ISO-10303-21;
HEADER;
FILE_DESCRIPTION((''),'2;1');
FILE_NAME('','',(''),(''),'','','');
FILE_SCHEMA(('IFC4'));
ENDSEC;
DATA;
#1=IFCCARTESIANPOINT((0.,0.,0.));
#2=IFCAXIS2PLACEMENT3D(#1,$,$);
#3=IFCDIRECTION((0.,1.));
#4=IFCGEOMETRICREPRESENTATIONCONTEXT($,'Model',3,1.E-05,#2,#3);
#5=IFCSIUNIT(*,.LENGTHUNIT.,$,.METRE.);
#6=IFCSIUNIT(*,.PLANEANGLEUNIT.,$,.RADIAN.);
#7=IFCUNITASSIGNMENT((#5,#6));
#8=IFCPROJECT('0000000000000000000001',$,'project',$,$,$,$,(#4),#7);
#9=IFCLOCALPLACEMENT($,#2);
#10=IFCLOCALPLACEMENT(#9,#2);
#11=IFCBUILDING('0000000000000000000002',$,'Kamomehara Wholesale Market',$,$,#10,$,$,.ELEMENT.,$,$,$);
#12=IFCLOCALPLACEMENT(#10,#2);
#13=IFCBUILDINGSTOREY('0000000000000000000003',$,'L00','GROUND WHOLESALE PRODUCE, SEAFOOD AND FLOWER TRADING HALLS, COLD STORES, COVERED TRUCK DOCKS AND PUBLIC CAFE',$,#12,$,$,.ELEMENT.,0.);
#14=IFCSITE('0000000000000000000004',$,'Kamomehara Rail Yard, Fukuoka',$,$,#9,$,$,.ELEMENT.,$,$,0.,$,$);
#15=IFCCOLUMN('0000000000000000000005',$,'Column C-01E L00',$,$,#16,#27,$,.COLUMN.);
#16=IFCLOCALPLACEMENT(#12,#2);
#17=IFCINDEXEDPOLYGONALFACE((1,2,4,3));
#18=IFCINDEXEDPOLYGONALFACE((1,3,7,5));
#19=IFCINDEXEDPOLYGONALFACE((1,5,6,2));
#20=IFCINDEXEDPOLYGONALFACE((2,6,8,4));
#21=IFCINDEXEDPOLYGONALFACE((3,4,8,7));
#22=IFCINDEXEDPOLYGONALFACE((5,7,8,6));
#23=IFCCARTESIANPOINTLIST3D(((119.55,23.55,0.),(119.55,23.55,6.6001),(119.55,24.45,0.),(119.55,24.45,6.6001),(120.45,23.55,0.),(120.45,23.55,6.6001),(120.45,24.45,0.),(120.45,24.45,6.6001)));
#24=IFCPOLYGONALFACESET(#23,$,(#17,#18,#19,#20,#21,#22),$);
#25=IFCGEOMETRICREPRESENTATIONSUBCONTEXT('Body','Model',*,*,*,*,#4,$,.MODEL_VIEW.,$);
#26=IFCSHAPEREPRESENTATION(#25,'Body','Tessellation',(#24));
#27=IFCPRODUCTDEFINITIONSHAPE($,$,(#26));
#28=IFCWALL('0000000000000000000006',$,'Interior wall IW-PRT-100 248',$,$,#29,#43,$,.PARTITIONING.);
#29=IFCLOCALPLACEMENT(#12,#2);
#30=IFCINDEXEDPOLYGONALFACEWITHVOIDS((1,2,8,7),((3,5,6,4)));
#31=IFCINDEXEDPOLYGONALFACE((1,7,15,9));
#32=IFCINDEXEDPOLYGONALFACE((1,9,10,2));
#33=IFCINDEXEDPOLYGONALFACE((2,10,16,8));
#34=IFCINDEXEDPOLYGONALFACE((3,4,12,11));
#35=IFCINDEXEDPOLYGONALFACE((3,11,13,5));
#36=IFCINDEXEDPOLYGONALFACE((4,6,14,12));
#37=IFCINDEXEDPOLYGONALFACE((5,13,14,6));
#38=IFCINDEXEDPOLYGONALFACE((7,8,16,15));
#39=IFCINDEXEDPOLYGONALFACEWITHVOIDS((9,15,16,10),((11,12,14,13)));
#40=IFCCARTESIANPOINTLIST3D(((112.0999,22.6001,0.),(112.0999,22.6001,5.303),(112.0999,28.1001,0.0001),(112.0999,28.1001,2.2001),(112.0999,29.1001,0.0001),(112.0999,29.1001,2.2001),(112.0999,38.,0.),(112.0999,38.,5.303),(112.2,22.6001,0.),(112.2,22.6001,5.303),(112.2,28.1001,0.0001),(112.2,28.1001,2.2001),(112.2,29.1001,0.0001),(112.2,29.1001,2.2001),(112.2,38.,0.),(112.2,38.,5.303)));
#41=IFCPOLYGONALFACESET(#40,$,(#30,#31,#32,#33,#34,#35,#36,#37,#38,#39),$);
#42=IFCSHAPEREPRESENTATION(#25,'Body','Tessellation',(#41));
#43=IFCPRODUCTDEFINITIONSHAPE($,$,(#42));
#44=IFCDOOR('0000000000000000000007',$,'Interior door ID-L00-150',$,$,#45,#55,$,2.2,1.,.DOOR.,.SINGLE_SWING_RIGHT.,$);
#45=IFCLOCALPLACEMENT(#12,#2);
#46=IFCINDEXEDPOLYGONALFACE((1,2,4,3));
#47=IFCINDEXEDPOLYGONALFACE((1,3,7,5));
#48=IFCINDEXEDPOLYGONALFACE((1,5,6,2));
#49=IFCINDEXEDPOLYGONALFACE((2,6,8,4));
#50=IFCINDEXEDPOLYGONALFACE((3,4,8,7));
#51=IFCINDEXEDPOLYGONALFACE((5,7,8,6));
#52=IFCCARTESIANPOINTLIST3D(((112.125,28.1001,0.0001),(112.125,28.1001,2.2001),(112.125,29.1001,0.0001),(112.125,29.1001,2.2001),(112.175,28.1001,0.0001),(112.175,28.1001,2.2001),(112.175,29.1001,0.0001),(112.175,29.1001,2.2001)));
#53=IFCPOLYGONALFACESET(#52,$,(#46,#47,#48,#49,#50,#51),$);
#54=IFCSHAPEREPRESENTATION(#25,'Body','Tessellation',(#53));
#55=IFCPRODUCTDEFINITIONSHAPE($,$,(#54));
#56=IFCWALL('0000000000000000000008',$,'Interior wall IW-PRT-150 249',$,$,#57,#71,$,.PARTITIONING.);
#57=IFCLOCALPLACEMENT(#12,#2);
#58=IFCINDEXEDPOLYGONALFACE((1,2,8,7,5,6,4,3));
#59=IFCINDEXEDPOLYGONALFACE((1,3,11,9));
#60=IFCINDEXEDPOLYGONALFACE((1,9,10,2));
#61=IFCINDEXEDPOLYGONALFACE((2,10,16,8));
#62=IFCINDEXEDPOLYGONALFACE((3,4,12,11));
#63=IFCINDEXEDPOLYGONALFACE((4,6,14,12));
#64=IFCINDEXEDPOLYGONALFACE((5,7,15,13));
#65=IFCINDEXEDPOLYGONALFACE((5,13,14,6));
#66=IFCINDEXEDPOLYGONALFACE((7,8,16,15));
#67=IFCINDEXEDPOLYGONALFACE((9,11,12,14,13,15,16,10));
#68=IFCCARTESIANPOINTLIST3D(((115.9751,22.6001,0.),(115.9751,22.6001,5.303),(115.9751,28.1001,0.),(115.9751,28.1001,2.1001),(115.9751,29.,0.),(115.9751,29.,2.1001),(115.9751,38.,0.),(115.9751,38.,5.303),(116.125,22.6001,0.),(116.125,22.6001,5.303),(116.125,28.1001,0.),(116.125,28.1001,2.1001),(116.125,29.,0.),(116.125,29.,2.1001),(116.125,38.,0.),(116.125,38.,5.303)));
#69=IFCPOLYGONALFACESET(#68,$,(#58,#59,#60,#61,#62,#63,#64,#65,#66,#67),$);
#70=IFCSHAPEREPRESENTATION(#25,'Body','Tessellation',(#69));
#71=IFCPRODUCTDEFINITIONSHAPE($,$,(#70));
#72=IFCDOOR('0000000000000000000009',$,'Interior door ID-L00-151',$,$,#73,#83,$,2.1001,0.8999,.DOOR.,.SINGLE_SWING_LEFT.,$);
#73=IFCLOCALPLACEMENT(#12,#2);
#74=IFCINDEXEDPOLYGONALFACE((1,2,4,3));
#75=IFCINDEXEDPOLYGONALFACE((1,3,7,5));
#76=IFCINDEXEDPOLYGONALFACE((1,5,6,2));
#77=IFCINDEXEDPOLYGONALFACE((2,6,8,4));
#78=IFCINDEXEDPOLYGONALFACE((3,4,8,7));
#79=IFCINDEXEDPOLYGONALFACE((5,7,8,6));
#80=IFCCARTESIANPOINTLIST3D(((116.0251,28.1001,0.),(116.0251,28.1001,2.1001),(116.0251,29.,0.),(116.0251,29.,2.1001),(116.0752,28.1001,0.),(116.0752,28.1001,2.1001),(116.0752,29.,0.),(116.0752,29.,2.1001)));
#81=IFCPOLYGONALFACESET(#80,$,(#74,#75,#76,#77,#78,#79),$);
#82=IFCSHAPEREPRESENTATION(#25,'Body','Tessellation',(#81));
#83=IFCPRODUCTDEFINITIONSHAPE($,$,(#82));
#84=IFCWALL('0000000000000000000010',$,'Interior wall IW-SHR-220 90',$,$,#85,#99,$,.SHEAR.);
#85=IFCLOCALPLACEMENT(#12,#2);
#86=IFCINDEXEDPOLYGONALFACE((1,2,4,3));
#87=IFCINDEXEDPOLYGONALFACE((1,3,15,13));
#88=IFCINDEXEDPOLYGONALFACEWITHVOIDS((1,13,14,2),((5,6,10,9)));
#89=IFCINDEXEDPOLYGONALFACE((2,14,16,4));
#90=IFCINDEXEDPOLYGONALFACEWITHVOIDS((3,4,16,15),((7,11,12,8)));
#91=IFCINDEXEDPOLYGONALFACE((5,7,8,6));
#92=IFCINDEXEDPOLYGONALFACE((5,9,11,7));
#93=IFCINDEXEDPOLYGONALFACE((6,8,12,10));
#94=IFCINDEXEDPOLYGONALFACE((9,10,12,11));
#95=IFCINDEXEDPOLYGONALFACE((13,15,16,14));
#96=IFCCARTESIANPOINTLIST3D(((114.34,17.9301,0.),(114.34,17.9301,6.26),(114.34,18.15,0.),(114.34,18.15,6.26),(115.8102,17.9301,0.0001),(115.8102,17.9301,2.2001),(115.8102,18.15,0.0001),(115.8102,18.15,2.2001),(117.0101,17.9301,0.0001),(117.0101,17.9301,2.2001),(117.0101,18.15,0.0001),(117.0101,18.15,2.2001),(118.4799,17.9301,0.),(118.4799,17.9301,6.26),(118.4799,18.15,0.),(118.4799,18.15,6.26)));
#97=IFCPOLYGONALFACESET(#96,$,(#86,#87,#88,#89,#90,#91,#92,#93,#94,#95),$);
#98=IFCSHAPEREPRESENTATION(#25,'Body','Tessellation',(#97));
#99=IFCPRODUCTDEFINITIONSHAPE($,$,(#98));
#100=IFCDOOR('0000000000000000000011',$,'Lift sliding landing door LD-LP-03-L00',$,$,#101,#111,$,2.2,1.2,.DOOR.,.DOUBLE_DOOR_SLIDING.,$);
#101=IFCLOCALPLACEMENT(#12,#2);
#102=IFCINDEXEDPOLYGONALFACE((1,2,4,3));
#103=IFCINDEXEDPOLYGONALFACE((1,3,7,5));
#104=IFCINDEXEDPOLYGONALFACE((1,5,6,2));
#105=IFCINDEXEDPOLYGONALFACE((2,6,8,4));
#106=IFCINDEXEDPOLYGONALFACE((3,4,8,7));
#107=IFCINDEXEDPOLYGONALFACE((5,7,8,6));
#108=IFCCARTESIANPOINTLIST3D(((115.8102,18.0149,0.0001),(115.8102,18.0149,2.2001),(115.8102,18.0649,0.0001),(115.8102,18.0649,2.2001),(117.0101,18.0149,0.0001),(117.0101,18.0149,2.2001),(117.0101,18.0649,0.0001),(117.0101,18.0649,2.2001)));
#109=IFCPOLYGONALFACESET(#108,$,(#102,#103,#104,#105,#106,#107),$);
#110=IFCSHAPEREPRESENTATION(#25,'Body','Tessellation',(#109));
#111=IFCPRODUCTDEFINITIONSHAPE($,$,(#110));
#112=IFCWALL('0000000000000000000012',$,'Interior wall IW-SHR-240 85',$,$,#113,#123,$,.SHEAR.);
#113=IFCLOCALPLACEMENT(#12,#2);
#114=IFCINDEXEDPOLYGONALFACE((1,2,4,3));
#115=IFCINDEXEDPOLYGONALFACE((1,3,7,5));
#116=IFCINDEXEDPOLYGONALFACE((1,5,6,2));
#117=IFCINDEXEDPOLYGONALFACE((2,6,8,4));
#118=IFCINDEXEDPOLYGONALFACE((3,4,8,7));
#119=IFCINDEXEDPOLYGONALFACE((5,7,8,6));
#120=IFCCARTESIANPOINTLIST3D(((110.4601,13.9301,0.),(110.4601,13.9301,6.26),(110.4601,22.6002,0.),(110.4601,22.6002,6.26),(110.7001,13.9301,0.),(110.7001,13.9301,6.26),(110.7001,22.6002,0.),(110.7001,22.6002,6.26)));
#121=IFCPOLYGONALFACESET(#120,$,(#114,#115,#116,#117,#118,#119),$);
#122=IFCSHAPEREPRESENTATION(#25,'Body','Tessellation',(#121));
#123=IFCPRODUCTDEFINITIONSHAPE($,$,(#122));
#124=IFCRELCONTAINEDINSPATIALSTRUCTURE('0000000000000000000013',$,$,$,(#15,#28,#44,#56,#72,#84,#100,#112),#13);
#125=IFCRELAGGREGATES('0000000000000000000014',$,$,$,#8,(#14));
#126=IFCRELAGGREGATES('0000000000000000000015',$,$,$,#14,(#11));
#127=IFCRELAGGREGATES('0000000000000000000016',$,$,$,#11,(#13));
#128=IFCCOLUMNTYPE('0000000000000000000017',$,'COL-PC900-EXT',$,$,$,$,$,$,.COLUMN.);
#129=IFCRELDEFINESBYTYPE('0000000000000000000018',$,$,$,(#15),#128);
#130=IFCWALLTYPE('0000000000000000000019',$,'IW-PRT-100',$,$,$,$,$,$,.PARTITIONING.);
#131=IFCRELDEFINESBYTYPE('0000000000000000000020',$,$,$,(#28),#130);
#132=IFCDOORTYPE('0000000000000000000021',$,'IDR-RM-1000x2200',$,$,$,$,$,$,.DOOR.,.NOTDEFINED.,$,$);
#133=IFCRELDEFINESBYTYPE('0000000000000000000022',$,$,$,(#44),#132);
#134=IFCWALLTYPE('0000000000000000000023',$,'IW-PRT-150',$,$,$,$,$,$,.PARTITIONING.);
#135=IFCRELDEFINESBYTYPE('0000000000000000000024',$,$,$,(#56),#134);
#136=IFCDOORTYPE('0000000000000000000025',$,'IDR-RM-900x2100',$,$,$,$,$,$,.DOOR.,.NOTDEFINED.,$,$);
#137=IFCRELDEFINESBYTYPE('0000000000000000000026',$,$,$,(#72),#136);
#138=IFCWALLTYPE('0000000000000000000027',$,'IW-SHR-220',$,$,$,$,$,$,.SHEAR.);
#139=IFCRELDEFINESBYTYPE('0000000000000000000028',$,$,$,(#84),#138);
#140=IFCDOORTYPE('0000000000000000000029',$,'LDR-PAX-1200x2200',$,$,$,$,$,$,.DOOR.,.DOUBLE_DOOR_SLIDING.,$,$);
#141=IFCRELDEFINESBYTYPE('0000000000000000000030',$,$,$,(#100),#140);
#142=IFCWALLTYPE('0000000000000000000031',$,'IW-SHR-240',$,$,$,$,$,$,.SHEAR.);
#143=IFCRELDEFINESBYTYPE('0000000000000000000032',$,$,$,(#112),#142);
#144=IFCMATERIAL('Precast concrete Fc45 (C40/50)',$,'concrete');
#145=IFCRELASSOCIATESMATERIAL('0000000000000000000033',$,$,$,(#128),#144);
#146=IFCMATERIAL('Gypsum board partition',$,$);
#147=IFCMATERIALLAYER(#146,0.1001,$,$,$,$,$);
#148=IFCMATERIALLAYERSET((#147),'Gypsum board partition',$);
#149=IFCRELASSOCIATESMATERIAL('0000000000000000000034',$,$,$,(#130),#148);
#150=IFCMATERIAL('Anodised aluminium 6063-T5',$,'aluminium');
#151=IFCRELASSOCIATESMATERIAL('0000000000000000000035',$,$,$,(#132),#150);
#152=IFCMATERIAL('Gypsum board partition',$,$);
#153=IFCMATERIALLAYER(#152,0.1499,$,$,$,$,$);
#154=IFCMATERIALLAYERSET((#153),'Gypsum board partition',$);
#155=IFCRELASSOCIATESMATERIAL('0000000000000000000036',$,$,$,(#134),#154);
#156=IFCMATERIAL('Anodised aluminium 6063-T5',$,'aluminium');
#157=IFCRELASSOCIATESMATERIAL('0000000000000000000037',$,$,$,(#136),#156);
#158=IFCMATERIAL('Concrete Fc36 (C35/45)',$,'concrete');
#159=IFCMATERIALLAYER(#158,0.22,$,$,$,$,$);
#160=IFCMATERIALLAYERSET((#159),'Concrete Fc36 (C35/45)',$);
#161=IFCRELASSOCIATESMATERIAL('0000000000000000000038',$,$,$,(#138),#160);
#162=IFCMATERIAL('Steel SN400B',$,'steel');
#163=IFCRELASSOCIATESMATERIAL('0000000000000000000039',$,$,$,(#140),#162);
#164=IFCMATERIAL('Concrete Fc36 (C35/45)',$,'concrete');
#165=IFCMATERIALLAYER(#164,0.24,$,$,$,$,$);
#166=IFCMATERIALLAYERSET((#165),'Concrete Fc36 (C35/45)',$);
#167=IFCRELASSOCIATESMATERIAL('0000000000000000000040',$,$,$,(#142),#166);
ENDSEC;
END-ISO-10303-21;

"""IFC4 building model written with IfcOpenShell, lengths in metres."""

from ifc_helpers import new_model, si_unit, direction, frame, frame_2d, origin, origin_2d, place, context, subcontext, project, spatial, rectangle, extrude, material, layer, layer_set, material_profile, profile_set, type_object, element, fill, save


model = new_model("IFC4")

# Units and contexts
model_context = context("Model", 3, precision=1e-05, world=origin(), true_north=direction((0.0, 1.0)))
body_context = subcontext(model_context, "Body", "Model", "MODEL_VIEW")
ifc_project = project(units=[si_unit("LENGTHUNIT", "METRE"), si_unit("PLANEANGLEUNIT", "RADIAN")], contexts=[model_context])

# Site, building, storey
site_placement = place(None, origin())
site = spatial("IfcSite", under=ifc_project, at=site_placement, Name="Kamomehara Rail Yard, Fukuoka", CompositionType="ELEMENT", RefElevation=0.0)
building_placement = place(site_placement, origin())
building = spatial("IfcBuilding", under=site, at=building_placement, Name="Kamomehara Wholesale Market", CompositionType="ELEMENT")
storey_placement = place(building_placement, origin())
storey = spatial("IfcBuildingStorey", under=building, at=storey_placement, Name="L00", Description="GROUND WHOLESALE PRODUCE, SEAFOOD AND FLOWER TRADING HALLS, COLD STORES, COVERED TRUCK DOCKS AND PUBLIC CAFE", CompositionType="ELEMENT", Elevation=0.0)

# Column
ifc_material_1 = material(Name="Precast concrete Fc45 (C40/50)", Category="concrete")
ifc_material_profile_1 = material_profile(ifc_material_1, rectangle(XDim=0.8999, YDim=0.8999, at=origin_2d()), Name="PC-COL-900x900")
ifc_profile_set_1 = profile_set([ifc_material_profile_1], Name="Precast concrete Fc45 (C40/50)")
column_type = type_object("IfcColumnType", Name="COL-PC900-EXT", PredefinedType="COLUMN", material=ifc_profile_set_1)
column_placement = place(storey_placement, frame((120.0, 24.0, 0.0), z_axis=(0.0, 0.0, 1.0), x_axis=(1.0, 0.0, 0.0)))
element("IfcColumn", 1, at=column_placement, inside=storey, type_object=column_type, Name="Column C-01E L00", PredefinedType="COLUMN", context=body_context, shape_type="SweptSolid", body=[
    extrude(rectangle(XDim=0.8999, YDim=0.8999, at=origin_2d()), origin(), (0.0, 0.0, 1.0), 6.6001),
])

# Walls, openings, doors
ifc_material_2 = material(Name="Gypsum board partition")
ifc_layer_1 = layer(ifc_material_2, 0.1001)
ifc_layer_set_1 = layer_set([ifc_layer_1], Name="Gypsum board partition")
wall_type_1 = type_object("IfcWallType", Name="IW-PRT-100", PredefinedType="PARTITIONING", material=ifc_layer_set_1)
wall_1_placement = place(storey_placement, frame((112.1499, 22.6001, 0.0), z_axis=(0.0, 0.0, 1.0), x_axis=(0.0, 1.0, 0.0)))
wall_1 = element("IfcWall", 2, at=wall_1_placement, inside=storey, type_object=wall_type_1, Name="Interior wall IW-PRT-100 248", PredefinedType="PARTITIONING", context=body_context, shape_type="SweptSolid", body=[
    extrude(rectangle(XDim=15.3999, YDim=0.1001, at=frame_2d((7.7, 0.0))), origin(), (0.0, 0.0, 1.0), 5.303),
])
opening_1_placement = place(wall_1_placement, frame((5.5, 0.0, 0.0)))
opening_1 = element("IfcOpeningElement", 3, at=opening_1_placement, cuts=wall_1, PredefinedType="OPENING", context=body_context, shape_type="SweptSolid", body=[
    extrude(rectangle(XDim=1.0, YDim=2.2, at=frame_2d((0.5, 1.1001))), frame((0.0, 0.0649, 0.0), z_axis=(0.0, -1.0, 0.0), x_axis=(1.0, 0.0, 0.0)), (0.0, 0.0, 1.0), 0.1299),
])
ifc_material_3 = material(Name="Anodised aluminium 6063-T5", Category="aluminium")
door_type_1 = type_object("IfcDoorType", Name="IDR-RM-1000x2200", OperationType="NOTDEFINED", PredefinedType="DOOR", material=ifc_material_3)
door_1_placement = place(opening_1_placement, origin())
door_1 = element("IfcDoor", 4, at=door_1_placement, inside=storey, type_object=door_type_1, Name="Interior door ID-L00-150", OperationType="SINGLE_SWING_RIGHT", OverallHeight=2.2, OverallWidth=1.0, PredefinedType="DOOR", context=body_context, shape_type="SweptSolid", body=[
    extrude(rectangle(XDim=1.0, YDim=2.2, at=frame_2d((0.5, 1.1001))), frame((0.0, 0.0249, 0.0), z_axis=(0.0, -1.0, 0.0), x_axis=(1.0, 0.0, 0.0)), (0.0, 0.0, 1.0), 0.05),
])
fill(opening_1, door_1)
ifc_material_4 = material(Name="Gypsum board partition")
ifc_layer_2 = layer(ifc_material_4, 0.1499)
ifc_layer_set_2 = layer_set([ifc_layer_2], Name="Gypsum board partition")
wall_type_2 = type_object("IfcWallType", Name="IW-PRT-150", PredefinedType="PARTITIONING", material=ifc_layer_set_2)
wall_2_placement = place(storey_placement, frame((116.05, 22.6001, 0.0), z_axis=(0.0, 0.0, 1.0), x_axis=(0.0, 1.0, 0.0)))
wall_2 = element("IfcWall", 5, at=wall_2_placement, inside=storey, type_object=wall_type_2, Name="Interior wall IW-PRT-150 249", PredefinedType="PARTITIONING", context=body_context, shape_type="SweptSolid", body=[
    extrude(rectangle(XDim=15.3999, YDim=0.1499, at=frame_2d((7.7, 0.0))), origin(), (0.0, 0.0, 1.0), 5.303),
])
opening_2_placement = place(wall_2_placement, frame((5.5, 0.0, 0.0)))
opening_2 = element("IfcOpeningElement", 6, at=opening_2_placement, cuts=wall_2, PredefinedType="OPENING", context=body_context, shape_type="SweptSolid", body=[
    extrude(rectangle(XDim=0.8999, YDim=2.1001, at=frame_2d((0.45, 1.05))), frame((0.0, 0.0898, 0.0), z_axis=(0.0, -1.0, 0.0), x_axis=(1.0, 0.0, 0.0)), (0.0, 0.0, 1.0), 0.1797),
])
ifc_material_5 = material(Name="Anodised aluminium 6063-T5", Category="aluminium")
door_type_2 = type_object("IfcDoorType", Name="IDR-RM-900x2100", OperationType="NOTDEFINED", PredefinedType="DOOR", material=ifc_material_5)
door_2_placement = place(opening_2_placement, origin())
door_2 = element("IfcDoor", 7, at=door_2_placement, inside=storey, type_object=door_type_2, Name="Interior door ID-L00-151", OperationType="SINGLE_SWING_LEFT", OverallHeight=2.1001, OverallWidth=0.8999, PredefinedType="DOOR", context=body_context, shape_type="SweptSolid", body=[
    extrude(rectangle(XDim=0.8999, YDim=2.1001, at=frame_2d((0.45, 1.05))), frame((0.0, 0.0249, 0.0), z_axis=(0.0, -1.0, 0.0), x_axis=(1.0, 0.0, 0.0)), (0.0, 0.0, 1.0), 0.05),
])
fill(opening_2, door_2)
ifc_material_6 = material(Name="Concrete Fc36 (C35/45)", Category="concrete")
ifc_layer_3 = layer(ifc_material_6, 0.22)
ifc_layer_set_3 = layer_set([ifc_layer_3], Name="Concrete Fc36 (C35/45)")
wall_type_3 = type_object("IfcWallType", Name="IW-SHR-220", PredefinedType="SHEAR", material=ifc_layer_set_3)
wall_3_placement = place(storey_placement, frame((114.3401, 18.04, 0.0), z_axis=(0.0, 0.0, 1.0), x_axis=(1.0, 0.0, 0.0)))
wall_3 = element("IfcWall", 8, at=wall_3_placement, inside=storey, type_object=wall_type_3, Name="Interior wall IW-SHR-220 90", PredefinedType="SHEAR", context=body_context, shape_type="SweptSolid", body=[
    extrude(rectangle(XDim=4.1399, YDim=0.22, at=frame_2d((2.0698, 0.0))), origin(), (0.0, 0.0, 1.0), 6.26),
])
opening_3_placement = place(wall_3_placement, frame((1.47, 0.0, 0.0)))
opening_3 = element("IfcOpeningElement", 9, at=opening_3_placement, cuts=wall_3, PredefinedType="OPENING", context=body_context, shape_type="SweptSolid", body=[
    extrude(rectangle(XDim=1.2, YDim=2.2, at=frame_2d((0.6001, 1.1001))), frame((0.0, 0.125, 0.0), z_axis=(0.0, -1.0, 0.0), x_axis=(1.0, 0.0, 0.0)), (0.0, 0.0, 1.0), 0.2498),
])
ifc_material_7 = material(Name="Steel SN400B", Category="steel")
door_type_3 = type_object("IfcDoorType", Name="LDR-PAX-1200x2200", OperationType="DOUBLE_DOOR_SLIDING", PredefinedType="DOOR", material=ifc_material_7)
door_3_placement = place(opening_3_placement, origin())
door_3 = element("IfcDoor", 10, at=door_3_placement, inside=storey, type_object=door_type_3, Name="Lift sliding landing door LD-LP-03-L00", OperationType="DOUBLE_DOOR_SLIDING", OverallHeight=2.2, OverallWidth=1.2, PredefinedType="DOOR", context=body_context, shape_type="SweptSolid", body=[
    extrude(rectangle(XDim=1.2, YDim=2.2, at=frame_2d((0.6001, 1.1001))), frame((0.0, 0.0249, 0.0), z_axis=(0.0, -1.0, 0.0), x_axis=(1.0, 0.0, 0.0)), (0.0, 0.0, 1.0), 0.05),
])
fill(opening_3, door_3)

# Wall
ifc_material_8 = material(Name="Concrete Fc36 (C35/45)", Category="concrete")
ifc_layer_4 = layer(ifc_material_8, 0.24)
ifc_layer_set_4 = layer_set([ifc_layer_4], Name="Concrete Fc36 (C35/45)")
wall_type_4 = type_object("IfcWallType", Name="IW-SHR-240", PredefinedType="SHEAR", material=ifc_layer_set_4)
wall_4_placement = place(storey_placement, frame((110.5801, 22.6001, 0.0), z_axis=(0.0, 0.0, 1.0), x_axis=(0.0, -1.0, 0.0)))
element("IfcWall", 11, at=wall_4_placement, inside=storey, type_object=wall_type_4, Name="Interior wall IW-SHR-240 85", PredefinedType="SHEAR", context=body_context, shape_type="SweptSolid", body=[
    extrude(rectangle(XDim=8.6702, YDim=0.24, at=frame_2d((4.335, 0.0))), origin(), (0.0, 0.0, 1.0), 6.26),
])

save(model, "model.ifc")
